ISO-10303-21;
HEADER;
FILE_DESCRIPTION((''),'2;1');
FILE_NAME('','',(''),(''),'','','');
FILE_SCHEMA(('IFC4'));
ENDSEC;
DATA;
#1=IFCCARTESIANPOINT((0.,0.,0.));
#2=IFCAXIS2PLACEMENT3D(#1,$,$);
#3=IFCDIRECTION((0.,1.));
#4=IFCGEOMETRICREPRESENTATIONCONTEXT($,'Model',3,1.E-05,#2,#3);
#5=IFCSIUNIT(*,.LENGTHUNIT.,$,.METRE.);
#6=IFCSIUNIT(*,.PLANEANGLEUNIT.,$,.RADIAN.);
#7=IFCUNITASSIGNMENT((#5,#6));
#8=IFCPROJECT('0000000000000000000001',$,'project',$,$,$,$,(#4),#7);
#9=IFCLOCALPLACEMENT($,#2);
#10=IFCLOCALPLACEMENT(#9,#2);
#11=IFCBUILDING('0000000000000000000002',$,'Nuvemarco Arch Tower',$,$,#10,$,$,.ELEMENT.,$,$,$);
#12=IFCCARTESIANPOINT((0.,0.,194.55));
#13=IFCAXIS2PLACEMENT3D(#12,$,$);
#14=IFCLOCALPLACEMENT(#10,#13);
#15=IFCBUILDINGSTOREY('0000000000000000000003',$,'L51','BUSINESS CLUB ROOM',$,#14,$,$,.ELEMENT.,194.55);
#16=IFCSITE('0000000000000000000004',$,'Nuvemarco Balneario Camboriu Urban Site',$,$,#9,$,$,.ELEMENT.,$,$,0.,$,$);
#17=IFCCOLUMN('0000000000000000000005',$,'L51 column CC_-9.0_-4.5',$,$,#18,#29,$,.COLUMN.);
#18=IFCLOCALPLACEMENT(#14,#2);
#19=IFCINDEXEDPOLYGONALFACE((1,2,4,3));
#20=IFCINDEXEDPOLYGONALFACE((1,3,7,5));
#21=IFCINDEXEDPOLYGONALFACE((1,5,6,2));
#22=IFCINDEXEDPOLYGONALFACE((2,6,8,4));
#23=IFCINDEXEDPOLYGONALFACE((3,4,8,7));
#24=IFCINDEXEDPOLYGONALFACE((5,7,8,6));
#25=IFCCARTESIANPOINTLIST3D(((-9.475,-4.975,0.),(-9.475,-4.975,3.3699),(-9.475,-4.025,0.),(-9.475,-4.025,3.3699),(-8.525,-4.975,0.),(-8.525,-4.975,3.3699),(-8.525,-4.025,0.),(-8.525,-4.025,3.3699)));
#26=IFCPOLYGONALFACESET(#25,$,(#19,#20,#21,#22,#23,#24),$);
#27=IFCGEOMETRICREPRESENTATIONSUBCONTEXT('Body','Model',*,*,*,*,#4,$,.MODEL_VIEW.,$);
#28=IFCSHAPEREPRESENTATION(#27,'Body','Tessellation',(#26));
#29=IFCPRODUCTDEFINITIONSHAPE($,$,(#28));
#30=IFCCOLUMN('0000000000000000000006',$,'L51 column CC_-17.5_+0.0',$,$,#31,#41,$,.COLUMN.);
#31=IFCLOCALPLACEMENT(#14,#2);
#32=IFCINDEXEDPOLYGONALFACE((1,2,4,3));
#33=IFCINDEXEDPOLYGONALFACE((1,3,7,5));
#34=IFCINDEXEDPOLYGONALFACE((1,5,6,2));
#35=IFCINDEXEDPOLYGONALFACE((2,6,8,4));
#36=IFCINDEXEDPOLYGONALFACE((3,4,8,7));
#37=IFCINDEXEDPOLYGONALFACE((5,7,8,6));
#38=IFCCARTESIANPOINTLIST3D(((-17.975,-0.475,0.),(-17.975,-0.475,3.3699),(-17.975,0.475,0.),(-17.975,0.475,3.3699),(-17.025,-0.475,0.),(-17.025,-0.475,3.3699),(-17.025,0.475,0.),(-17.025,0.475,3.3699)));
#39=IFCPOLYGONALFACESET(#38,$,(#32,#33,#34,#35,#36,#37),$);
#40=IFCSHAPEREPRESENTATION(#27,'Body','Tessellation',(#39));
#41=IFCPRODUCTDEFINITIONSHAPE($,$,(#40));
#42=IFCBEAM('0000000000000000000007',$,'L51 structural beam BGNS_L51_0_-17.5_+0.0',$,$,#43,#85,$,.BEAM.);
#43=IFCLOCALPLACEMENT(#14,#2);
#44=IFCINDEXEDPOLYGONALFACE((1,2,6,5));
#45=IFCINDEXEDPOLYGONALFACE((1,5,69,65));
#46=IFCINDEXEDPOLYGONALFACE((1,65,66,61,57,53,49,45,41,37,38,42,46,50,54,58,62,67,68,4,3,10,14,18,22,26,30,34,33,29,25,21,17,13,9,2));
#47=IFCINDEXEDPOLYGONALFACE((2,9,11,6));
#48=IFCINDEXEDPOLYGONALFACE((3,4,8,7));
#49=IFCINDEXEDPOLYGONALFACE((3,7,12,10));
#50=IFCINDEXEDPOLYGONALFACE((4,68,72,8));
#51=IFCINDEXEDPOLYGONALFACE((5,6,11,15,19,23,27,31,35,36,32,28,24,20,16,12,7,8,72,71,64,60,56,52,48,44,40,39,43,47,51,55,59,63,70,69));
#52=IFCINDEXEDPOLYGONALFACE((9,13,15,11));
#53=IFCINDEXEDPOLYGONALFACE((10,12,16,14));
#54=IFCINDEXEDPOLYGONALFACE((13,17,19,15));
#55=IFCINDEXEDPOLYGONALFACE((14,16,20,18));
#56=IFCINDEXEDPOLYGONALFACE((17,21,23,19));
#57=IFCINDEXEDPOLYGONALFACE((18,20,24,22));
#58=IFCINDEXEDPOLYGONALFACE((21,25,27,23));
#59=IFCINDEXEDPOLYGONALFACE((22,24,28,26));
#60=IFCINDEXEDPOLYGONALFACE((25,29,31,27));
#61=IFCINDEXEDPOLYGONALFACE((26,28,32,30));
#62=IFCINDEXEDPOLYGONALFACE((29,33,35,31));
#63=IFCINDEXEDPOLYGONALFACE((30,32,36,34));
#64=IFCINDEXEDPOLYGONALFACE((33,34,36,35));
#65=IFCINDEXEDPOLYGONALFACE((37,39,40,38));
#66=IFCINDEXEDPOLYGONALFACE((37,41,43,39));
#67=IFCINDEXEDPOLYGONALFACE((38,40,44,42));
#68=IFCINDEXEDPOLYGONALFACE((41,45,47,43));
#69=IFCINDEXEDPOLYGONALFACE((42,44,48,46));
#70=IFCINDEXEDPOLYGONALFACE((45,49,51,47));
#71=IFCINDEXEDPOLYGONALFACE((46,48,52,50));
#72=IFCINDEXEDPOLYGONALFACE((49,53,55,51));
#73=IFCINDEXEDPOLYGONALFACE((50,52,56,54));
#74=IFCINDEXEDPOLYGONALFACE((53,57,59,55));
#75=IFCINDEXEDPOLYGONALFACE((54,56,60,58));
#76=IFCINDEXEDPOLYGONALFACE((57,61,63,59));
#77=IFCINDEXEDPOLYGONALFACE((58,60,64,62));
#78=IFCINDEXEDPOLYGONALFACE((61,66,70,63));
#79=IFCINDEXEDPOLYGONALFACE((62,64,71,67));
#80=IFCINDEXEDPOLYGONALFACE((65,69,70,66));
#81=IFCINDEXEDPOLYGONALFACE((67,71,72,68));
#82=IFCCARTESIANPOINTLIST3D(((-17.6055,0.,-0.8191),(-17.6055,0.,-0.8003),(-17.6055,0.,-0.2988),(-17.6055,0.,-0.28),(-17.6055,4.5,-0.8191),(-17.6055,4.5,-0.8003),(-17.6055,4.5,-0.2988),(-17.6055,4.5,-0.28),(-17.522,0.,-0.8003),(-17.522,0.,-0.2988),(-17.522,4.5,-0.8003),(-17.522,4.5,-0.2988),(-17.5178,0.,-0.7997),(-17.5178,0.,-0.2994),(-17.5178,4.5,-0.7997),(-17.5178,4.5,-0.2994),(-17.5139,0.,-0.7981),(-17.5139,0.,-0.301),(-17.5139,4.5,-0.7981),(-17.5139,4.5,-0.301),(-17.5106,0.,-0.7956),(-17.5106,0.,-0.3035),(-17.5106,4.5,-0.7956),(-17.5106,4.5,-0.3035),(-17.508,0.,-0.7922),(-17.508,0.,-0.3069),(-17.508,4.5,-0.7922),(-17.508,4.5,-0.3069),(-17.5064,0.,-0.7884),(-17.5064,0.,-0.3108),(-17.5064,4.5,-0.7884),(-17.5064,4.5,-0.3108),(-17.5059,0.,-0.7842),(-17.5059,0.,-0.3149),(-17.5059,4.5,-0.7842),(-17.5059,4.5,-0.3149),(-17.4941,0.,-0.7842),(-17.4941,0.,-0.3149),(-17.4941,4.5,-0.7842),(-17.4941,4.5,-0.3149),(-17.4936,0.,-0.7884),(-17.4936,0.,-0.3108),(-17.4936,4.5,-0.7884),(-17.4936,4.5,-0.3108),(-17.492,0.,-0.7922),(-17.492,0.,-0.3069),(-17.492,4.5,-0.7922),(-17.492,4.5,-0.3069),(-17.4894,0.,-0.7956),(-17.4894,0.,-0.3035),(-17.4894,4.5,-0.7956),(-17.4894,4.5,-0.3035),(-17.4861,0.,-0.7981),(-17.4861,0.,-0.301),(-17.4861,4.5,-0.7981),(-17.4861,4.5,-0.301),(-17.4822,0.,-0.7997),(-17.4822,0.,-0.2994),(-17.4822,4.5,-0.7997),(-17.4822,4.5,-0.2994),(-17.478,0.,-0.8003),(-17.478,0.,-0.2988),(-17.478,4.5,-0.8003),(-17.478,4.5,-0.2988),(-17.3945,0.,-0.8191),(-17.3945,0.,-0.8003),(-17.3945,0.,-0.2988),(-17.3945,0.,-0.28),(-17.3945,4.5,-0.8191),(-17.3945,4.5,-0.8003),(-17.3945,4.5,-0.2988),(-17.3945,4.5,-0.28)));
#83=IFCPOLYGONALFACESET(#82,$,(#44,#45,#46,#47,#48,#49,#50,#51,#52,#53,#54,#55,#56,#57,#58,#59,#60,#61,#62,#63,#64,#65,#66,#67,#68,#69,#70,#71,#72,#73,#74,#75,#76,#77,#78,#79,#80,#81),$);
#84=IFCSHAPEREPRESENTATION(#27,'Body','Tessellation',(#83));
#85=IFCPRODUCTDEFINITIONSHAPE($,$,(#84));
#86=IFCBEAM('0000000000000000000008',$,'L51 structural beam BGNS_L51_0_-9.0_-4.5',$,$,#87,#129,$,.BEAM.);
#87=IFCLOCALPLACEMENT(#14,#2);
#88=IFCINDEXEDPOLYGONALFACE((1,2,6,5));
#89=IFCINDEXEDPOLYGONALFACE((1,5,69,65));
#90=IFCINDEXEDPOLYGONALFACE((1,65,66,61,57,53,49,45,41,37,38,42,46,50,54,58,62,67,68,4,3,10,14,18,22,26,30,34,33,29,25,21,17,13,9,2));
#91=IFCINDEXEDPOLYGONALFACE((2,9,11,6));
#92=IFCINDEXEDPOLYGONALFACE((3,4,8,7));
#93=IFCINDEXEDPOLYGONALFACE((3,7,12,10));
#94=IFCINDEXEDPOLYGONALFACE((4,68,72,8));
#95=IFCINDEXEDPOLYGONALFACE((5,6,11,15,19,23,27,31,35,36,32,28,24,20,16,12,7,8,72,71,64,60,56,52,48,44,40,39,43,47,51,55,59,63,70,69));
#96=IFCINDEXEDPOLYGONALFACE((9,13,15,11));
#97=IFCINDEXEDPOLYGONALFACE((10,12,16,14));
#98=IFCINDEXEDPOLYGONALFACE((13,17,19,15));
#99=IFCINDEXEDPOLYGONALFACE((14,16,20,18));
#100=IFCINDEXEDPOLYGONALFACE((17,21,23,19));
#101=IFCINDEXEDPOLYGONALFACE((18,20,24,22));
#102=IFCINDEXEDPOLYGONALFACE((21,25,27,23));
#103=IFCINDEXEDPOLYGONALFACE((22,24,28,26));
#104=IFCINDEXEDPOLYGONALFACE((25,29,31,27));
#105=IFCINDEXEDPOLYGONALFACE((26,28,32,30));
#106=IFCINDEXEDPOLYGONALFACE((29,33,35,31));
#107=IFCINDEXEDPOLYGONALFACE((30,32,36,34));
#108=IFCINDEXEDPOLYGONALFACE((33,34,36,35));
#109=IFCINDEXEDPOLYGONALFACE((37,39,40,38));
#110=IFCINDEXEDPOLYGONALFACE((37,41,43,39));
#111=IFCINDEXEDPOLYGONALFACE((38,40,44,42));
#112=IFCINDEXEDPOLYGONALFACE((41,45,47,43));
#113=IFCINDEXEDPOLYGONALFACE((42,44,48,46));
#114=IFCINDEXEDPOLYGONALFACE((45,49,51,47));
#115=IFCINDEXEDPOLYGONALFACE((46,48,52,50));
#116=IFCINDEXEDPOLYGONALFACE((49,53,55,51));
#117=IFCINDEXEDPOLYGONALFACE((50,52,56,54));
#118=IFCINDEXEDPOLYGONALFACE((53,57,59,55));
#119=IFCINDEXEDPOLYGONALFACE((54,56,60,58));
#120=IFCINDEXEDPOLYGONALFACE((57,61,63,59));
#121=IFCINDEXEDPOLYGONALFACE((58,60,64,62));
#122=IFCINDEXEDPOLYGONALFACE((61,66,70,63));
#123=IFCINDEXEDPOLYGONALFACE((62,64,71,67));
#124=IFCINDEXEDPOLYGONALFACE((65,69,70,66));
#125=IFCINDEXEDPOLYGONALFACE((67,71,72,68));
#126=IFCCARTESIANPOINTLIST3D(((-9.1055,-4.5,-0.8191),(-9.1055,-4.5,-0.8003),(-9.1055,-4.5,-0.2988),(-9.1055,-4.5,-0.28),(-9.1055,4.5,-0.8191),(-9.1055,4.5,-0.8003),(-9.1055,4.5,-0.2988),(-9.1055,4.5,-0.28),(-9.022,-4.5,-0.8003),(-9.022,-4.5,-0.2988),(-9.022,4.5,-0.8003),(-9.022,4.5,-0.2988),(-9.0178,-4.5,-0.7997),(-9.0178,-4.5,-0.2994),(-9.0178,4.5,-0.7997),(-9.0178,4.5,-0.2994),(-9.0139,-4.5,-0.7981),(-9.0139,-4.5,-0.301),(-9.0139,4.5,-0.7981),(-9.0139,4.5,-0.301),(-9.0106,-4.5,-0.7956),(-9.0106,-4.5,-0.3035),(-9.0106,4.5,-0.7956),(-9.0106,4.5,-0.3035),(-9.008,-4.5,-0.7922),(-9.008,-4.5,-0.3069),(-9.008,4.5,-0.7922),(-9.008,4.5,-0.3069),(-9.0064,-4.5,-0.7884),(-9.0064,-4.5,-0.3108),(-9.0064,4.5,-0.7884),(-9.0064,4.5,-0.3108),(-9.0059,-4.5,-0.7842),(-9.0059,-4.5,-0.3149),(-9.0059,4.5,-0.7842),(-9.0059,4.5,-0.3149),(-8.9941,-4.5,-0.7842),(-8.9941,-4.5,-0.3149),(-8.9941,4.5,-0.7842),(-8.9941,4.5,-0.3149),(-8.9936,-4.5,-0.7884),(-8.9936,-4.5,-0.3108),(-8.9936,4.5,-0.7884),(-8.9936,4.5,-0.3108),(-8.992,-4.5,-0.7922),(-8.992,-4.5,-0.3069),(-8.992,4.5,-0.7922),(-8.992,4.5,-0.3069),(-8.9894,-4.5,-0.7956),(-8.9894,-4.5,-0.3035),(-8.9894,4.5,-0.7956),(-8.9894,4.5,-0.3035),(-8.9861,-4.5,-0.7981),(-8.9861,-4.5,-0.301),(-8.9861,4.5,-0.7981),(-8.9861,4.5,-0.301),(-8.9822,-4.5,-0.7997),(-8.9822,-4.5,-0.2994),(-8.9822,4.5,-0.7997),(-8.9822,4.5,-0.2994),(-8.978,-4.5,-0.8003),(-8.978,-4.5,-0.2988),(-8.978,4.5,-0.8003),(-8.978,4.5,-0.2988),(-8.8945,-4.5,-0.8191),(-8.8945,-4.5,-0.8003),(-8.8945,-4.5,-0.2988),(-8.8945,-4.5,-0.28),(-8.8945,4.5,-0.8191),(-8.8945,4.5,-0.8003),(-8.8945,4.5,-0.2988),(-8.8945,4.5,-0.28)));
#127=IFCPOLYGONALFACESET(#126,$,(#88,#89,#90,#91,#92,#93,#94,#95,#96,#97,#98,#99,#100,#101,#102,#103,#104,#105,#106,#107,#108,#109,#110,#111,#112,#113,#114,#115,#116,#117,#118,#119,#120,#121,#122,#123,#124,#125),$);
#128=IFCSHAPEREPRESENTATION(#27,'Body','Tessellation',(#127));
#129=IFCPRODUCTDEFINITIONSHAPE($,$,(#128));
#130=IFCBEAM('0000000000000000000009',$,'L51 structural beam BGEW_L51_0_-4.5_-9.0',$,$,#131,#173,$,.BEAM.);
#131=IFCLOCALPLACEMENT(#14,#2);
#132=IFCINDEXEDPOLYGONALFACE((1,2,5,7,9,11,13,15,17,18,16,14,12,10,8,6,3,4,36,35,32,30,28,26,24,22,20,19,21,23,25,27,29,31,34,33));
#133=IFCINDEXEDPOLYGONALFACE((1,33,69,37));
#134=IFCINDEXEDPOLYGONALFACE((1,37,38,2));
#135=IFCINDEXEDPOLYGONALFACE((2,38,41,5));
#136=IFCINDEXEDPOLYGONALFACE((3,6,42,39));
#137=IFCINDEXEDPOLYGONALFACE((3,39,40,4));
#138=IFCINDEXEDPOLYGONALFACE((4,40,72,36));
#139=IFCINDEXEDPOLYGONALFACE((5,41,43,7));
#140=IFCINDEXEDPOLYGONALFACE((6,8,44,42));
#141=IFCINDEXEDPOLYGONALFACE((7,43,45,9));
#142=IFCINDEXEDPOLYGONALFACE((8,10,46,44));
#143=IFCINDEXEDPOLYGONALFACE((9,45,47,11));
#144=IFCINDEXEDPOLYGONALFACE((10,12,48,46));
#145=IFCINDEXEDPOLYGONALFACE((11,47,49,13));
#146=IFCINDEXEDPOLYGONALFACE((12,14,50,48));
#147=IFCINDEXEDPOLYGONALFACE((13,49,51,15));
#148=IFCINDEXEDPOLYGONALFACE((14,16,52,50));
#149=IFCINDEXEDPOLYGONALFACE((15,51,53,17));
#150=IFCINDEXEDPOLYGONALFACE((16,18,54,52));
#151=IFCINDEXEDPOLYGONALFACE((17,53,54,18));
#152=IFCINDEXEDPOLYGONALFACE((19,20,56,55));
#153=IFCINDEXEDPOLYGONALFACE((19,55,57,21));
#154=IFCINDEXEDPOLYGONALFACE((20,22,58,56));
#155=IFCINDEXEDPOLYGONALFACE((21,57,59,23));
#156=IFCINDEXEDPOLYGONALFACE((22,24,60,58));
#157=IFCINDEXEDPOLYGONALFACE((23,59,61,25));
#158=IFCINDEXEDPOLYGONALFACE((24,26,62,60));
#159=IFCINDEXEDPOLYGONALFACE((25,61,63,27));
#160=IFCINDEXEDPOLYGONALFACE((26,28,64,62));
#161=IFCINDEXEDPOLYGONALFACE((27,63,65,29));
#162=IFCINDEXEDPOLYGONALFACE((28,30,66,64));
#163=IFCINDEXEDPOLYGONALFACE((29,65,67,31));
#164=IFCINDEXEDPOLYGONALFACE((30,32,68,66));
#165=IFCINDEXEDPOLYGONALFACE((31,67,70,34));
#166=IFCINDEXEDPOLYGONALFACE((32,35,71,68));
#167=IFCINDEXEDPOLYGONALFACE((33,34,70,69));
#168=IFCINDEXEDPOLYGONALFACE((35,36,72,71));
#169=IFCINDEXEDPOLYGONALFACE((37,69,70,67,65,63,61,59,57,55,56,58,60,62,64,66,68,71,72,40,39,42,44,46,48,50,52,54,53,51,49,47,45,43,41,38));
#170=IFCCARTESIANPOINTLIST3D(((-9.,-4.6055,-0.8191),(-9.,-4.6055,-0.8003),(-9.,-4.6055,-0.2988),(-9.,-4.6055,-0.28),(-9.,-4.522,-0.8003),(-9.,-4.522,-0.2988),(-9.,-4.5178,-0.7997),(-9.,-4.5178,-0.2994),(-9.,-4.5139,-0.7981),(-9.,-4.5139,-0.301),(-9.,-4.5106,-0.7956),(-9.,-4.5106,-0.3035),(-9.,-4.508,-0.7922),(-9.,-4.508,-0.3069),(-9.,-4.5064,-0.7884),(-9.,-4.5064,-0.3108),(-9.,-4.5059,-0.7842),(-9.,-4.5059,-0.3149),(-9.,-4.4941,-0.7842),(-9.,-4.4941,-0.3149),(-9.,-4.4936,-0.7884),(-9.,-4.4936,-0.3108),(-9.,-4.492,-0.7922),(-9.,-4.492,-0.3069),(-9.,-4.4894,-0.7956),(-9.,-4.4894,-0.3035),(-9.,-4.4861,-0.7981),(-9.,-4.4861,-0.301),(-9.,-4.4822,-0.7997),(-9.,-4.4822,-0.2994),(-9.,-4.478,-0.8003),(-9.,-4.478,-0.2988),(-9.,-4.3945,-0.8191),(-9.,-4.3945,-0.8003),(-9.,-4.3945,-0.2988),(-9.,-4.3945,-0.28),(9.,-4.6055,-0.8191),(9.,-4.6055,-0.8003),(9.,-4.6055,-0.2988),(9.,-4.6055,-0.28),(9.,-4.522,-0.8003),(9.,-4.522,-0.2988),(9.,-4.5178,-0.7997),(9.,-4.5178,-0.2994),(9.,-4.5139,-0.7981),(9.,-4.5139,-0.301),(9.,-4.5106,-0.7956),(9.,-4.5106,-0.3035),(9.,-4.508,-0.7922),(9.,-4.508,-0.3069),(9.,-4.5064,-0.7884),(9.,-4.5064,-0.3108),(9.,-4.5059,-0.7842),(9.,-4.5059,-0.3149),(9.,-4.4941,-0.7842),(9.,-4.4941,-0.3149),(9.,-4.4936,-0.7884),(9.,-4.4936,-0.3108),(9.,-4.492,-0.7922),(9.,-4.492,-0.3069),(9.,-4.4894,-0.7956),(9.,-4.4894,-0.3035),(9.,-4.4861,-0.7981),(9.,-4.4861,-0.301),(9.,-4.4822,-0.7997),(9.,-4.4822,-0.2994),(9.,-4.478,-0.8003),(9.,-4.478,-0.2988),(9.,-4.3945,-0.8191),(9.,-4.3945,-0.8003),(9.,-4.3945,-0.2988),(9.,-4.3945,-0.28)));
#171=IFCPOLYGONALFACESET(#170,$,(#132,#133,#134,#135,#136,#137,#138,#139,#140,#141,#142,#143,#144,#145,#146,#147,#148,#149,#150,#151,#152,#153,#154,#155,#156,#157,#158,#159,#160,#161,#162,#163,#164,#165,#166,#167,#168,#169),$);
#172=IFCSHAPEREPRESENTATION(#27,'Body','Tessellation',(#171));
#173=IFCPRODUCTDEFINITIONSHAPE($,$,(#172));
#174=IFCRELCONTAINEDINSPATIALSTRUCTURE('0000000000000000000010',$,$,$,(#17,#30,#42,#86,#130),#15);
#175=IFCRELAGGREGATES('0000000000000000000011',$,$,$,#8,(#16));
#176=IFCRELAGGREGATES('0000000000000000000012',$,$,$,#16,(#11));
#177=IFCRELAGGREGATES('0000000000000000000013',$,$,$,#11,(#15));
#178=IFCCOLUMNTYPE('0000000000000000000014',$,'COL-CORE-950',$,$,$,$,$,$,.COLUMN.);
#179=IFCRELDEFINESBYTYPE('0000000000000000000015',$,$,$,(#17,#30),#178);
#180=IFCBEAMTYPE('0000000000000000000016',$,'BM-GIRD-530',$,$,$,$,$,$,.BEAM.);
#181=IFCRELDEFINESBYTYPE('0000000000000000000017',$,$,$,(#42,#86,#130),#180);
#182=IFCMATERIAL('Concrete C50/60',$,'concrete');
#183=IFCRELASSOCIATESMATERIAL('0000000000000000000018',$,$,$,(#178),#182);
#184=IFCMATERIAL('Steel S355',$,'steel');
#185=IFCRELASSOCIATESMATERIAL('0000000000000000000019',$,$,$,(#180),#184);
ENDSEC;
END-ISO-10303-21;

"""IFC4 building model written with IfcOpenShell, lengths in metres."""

from ifc_helpers import new_model, si_unit, direction, frame, origin, origin_2d, place, context, subcontext, project, spatial, rectangle, i_section, extrude, material, material_profile, profile_set, type_object, element, save


model = new_model("IFC4")

# Units and contexts
model_context = context("Model", 3, precision=1e-05, world=origin(), true_north=direction((0.0, 1.0)))
body_context = subcontext(model_context, "Body", "Model", "MODEL_VIEW")
ifc_project = project(units=[si_unit("LENGTHUNIT", "METRE"), si_unit("PLANEANGLEUNIT", "RADIAN")], contexts=[model_context])

# Site, building, storey
site_placement = place(None, origin())
site = spatial("IfcSite", under=ifc_project, at=site_placement, Name="Nuvemarco Balneario Camboriu Urban Site", CompositionType="ELEMENT", RefElevation=0.0)
building_placement = place(site_placement, origin())
building = spatial("IfcBuilding", under=site, at=building_placement, Name="Nuvemarco Arch Tower", CompositionType="ELEMENT")
storey_placement = place(building_placement, frame((0.0, 0.0, 194.55)))
storey = spatial("IfcBuildingStorey", under=building, at=storey_placement, Name="L51", Description="BUSINESS CLUB ROOM", CompositionType="ELEMENT", Elevation=194.55)

# Columns
ifc_material_1 = material(Name="Concrete C50/60", Category="concrete")
ifc_material_profile_1 = material_profile(ifc_material_1, rectangle(XDim=0.95, YDim=0.95, at=origin_2d()), Name="RC-COL-950x950")
ifc_profile_set_1 = profile_set([ifc_material_profile_1], Name="Concrete C50/60")
column_type = type_object("IfcColumnType", Name="COL-CORE-950", PredefinedType="COLUMN", material=ifc_profile_set_1)
for number, where, z_axis, x_axis, name in (
    (1, (-9.0, -4.5, 0.0), (0.0, 0.0, 1.0), (1.0, 0.0, 0.0), "L51 column CC_-9.0_-4.5"),
    (2, (-17.5, 0.0, 0.0), (0.0, 0.0, 1.0), (1.0, 0.0, 0.0), "L51 column CC_-17.5_+0.0"),
):
    element("IfcColumn", number, at=place(storey_placement, frame(where, z_axis=z_axis, x_axis=x_axis)), inside=storey, type_object=column_type, Name=name, PredefinedType="COLUMN", context=body_context, shape_type="SweptSolid", body=[
        extrude(rectangle(XDim=0.95, YDim=0.95, at=origin_2d()), origin(), (0.0, 0.0, 1.0), 3.3699),
    ])

# Beams
ifc_material_2 = material(Name="Steel S355", Category="steel")
ifc_material_profile_2 = material_profile(ifc_material_2, i_section(OverallWidth=0.2109, OverallDepth=0.5391, WebThickness=0.0117, FlangeThickness=0.0188, FilletRadius=0.0161, at=origin_2d()), Name="W530x109")
ifc_profile_set_2 = profile_set([ifc_material_profile_2], Name="Steel S355")
beam_type = type_object("IfcBeamType", Name="BM-GIRD-530", PredefinedType="BEAM", material=ifc_profile_set_2)
beam_1_placement = place(storey_placement, frame((-17.5, 0.0, -0.5496), z_axis=(0.0, 1.0, 0.0), x_axis=(-1.0, 0.0, 0.0)))
element("IfcBeam", 3, at=beam_1_placement, inside=storey, type_object=beam_type, Name="L51 structural beam BGNS_L51_0_-17.5_+0.0", PredefinedType="BEAM", context=body_context, shape_type="SweptSolid", body=[
    extrude(i_section(OverallWidth=0.2109, OverallDepth=0.5391, WebThickness=0.0117, FlangeThickness=0.0188, FilletRadius=0.0161, at=origin_2d()), origin(), (0.0, 0.0, 1.0), 4.5),
])
beam_2_placement = place(storey_placement, frame((-9.0, -4.5, -0.5496), z_axis=(0.0, 1.0, 0.0), x_axis=(-1.0, 0.0, 0.0)))
element("IfcBeam", 4, at=beam_2_placement, inside=storey, type_object=beam_type, Name="L51 structural beam BGNS_L51_0_-9.0_-4.5", PredefinedType="BEAM", context=body_context, shape_type="SweptSolid", body=[
    extrude(i_section(OverallWidth=0.2109, OverallDepth=0.5391, WebThickness=0.0117, FlangeThickness=0.0188, FilletRadius=0.0161, at=origin_2d()), origin(), (0.0, 0.0, 1.0), 9.0),
])
beam_3_placement = place(storey_placement, frame((-9.0, -4.5, -0.5496), z_axis=(1.0, 0.0, 0.0), x_axis=(0.0, 1.0, 0.0)))
element("IfcBeam", 5, at=beam_3_placement, inside=storey, type_object=beam_type, Name="L51 structural beam BGEW_L51_0_-4.5_-9.0", PredefinedType="BEAM", context=body_context, shape_type="SweptSolid", body=[
    extrude(i_section(OverallWidth=0.2109, OverallDepth=0.5391, WebThickness=0.0117, FlangeThickness=0.0188, FilletRadius=0.0161, at=origin_2d()), origin(), (0.0, 0.0, 1.0), 18.0),
])

save(model, "model.ifc")
